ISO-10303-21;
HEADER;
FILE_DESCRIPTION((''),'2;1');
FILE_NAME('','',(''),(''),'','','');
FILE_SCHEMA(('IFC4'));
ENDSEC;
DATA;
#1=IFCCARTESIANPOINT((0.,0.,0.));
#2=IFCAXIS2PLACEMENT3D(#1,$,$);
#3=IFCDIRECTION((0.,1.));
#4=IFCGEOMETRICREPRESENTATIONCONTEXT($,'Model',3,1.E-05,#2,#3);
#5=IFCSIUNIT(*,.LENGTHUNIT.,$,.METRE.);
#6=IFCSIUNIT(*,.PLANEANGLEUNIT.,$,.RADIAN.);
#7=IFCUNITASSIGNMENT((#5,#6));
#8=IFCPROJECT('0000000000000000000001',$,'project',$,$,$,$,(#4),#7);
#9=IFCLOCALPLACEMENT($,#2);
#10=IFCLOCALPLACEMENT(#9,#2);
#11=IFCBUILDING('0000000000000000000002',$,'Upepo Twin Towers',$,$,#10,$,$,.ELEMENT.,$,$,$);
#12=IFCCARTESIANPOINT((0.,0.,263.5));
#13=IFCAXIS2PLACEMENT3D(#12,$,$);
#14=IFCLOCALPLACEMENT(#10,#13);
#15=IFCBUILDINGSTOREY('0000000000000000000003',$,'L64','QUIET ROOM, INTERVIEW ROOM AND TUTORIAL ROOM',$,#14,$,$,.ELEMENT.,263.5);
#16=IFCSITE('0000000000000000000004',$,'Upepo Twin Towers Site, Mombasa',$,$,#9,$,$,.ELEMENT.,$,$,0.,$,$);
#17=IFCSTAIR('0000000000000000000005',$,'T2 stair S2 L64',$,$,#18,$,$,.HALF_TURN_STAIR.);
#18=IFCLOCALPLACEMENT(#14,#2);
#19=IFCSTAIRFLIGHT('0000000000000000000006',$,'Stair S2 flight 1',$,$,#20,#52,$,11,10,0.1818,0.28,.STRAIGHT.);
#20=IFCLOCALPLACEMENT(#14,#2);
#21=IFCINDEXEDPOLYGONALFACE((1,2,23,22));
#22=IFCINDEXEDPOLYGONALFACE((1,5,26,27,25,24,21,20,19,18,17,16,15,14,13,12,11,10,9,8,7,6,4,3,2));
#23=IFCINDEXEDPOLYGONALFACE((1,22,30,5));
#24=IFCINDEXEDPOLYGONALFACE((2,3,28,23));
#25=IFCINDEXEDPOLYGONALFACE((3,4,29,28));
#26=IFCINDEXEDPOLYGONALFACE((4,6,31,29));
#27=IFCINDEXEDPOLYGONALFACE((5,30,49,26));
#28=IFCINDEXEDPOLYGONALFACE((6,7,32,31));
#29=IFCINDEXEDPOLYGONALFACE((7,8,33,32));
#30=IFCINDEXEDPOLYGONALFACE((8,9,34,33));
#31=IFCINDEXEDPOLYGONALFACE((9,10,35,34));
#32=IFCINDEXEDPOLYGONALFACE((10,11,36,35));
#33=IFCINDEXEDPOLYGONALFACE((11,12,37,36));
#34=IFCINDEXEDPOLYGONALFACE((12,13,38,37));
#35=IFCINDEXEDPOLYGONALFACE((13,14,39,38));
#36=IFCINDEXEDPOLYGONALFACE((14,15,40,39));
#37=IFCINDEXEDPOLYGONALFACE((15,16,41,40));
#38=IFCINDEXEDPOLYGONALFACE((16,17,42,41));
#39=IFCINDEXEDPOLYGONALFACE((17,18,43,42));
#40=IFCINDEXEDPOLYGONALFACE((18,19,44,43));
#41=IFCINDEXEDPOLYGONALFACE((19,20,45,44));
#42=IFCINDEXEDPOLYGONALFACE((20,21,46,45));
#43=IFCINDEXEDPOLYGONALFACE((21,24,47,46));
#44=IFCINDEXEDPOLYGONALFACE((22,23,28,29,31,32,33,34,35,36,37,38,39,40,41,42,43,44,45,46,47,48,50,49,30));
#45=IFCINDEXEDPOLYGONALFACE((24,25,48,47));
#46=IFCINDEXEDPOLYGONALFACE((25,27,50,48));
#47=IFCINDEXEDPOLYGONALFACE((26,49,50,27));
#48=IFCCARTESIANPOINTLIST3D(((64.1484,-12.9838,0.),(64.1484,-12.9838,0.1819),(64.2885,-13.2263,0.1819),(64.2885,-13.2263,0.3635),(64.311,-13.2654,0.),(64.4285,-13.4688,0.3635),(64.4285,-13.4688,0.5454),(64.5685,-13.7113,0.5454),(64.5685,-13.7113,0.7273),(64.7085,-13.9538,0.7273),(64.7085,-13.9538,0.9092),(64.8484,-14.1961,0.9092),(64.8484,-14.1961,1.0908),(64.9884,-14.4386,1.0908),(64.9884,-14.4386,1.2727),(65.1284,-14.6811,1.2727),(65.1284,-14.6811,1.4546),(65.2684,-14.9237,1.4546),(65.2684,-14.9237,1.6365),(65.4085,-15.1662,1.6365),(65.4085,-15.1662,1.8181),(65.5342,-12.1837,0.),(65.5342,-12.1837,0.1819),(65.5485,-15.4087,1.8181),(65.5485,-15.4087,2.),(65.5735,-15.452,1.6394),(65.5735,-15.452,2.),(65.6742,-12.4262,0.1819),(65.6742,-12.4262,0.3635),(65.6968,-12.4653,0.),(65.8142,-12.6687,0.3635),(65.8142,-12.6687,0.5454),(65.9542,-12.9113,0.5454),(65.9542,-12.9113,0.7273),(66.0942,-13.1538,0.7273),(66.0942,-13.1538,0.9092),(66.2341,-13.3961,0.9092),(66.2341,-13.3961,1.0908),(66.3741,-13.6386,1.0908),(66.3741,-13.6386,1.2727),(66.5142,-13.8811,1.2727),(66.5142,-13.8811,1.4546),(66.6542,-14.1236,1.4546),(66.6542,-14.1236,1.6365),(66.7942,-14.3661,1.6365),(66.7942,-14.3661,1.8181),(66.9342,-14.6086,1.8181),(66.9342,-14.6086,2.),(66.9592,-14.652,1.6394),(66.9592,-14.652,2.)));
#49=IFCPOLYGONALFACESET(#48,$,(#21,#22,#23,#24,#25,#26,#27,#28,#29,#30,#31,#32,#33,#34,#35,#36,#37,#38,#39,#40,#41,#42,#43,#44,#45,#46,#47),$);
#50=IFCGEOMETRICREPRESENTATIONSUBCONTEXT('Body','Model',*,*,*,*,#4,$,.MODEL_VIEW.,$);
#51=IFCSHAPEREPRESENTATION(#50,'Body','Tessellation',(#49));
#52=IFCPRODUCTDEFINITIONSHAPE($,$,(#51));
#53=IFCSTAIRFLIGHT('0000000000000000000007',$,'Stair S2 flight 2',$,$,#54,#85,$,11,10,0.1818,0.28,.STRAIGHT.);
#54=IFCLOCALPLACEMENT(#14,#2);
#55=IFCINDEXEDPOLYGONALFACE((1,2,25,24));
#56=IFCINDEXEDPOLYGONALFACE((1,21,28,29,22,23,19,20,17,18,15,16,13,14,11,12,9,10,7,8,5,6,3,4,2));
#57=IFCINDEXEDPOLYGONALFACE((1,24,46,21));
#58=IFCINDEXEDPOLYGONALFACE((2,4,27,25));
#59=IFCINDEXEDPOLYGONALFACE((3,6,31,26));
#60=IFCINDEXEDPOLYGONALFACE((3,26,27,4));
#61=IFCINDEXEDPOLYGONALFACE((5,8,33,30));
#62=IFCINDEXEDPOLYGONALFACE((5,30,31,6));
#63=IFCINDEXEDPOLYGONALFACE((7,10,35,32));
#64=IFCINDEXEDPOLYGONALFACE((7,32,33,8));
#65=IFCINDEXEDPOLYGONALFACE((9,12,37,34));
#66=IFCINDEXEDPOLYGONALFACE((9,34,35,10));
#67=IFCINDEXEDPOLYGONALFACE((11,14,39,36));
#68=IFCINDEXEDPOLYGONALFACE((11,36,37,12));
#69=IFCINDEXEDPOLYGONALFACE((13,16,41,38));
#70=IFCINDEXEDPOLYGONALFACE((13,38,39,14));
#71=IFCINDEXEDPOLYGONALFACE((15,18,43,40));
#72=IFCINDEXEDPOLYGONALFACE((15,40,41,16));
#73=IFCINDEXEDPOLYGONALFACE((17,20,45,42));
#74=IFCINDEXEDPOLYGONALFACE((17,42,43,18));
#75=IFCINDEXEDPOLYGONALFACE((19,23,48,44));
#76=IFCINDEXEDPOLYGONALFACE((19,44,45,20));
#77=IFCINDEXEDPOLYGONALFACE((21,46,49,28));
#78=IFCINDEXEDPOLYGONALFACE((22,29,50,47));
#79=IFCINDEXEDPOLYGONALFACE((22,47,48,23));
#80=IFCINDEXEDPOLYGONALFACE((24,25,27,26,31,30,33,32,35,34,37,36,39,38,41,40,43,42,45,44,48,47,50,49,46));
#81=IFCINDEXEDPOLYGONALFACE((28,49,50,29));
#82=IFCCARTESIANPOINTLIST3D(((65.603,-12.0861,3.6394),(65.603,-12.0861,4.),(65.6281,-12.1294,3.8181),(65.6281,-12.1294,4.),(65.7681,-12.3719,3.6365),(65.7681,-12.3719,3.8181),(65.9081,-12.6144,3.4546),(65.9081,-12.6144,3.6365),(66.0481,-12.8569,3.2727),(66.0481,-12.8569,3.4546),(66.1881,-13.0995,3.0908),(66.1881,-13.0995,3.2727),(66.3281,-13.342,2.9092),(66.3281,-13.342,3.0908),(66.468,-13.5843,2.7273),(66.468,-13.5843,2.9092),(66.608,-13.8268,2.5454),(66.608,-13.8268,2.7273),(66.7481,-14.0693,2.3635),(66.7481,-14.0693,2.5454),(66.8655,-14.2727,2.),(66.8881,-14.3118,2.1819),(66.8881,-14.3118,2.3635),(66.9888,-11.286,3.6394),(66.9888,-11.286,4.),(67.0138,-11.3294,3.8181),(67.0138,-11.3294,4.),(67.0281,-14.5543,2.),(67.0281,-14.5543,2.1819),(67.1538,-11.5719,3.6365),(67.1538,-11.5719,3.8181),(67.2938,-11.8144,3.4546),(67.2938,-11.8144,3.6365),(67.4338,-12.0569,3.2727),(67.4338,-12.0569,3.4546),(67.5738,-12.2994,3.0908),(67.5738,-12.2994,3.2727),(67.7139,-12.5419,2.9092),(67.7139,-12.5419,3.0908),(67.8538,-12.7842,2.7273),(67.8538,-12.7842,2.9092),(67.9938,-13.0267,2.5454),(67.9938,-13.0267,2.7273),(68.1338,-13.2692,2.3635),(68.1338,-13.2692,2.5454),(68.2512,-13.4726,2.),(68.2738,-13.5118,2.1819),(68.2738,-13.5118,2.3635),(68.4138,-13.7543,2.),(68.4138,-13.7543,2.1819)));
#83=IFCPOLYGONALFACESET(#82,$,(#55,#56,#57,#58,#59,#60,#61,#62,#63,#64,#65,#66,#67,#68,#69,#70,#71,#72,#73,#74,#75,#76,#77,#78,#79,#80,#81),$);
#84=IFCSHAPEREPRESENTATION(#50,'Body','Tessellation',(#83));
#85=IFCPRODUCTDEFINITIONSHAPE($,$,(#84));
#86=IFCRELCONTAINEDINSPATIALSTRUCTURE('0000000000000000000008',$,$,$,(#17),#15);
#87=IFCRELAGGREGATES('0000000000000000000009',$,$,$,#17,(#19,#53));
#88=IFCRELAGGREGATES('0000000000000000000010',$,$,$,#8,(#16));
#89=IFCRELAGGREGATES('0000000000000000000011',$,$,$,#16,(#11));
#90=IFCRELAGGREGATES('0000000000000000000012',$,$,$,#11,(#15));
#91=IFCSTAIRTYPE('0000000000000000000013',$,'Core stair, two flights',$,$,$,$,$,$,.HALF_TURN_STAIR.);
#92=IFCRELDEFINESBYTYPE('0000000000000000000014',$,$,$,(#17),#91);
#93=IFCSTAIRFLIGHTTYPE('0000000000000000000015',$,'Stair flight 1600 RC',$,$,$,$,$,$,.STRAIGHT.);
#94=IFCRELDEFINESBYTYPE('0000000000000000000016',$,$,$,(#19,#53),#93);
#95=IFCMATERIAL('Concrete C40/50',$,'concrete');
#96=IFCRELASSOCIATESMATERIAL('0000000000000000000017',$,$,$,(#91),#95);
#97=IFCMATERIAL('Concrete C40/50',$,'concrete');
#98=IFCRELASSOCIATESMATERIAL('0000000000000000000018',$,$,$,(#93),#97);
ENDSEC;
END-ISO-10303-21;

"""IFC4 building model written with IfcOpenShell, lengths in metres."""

from ifc_helpers import new_model, si_unit, direction, frame, origin, place, context, subcontext, project, spatial, polyline, outline, extrude, material, type_object, element, aggregate, save


model = new_model("IFC4")

# Units and contexts
model_context = context("Model", 3, precision=1e-05, world=origin(), true_north=direction((0.0, 1.0)))
body_context = subcontext(model_context, "Body", "Model", "MODEL_VIEW")
ifc_project = project(units=[si_unit("LENGTHUNIT", "METRE"), si_unit("PLANEANGLEUNIT", "RADIAN")], contexts=[model_context])

# Site, building, storey
site_placement = place(None, origin())
site = spatial("IfcSite", under=ifc_project, at=site_placement, Name="Upepo Twin Towers Site, Mombasa", CompositionType="ELEMENT", RefElevation=0.0)
building_placement = place(site_placement, origin())
building = spatial("IfcBuilding", under=site, at=building_placement, Name="Upepo Twin Towers", CompositionType="ELEMENT")
storey_placement = place(building_placement, frame((0.0, 0.0, 263.5)))
storey = spatial("IfcBuildingStorey", under=building, at=storey_placement, Name="L64", Description="QUIET ROOM, INTERVIEW ROOM AND TUTORIAL ROOM", CompositionType="ELEMENT", Elevation=263.5)

# Stair, stair flights
ifc_material_1 = material(Name="Concrete C40/50", Category="concrete")
stair_type = type_object("IfcStairType", Name="Core stair, two flights", PredefinedType="HALF_TURN_STAIR", material=ifc_material_1)
stair_placement = place(storey_placement, origin())
stair = element("IfcStair", 1, at=stair_placement, inside=storey, type_object=stair_type, Name="T2 stair S2 L64", PredefinedType="HALF_TURN_STAIR")
ifc_material_2 = material(Name="Concrete C40/50", Category="concrete")
stair_flight_type = type_object("IfcStairFlightType", Name="Stair flight 1600 RC", PredefinedType="STRAIGHT", material=ifc_material_2)
stair_flight_1_placement = place(storey_placement, frame((64.8413, -12.5837, 0.0), z_axis=(0.0, 0.0, 1.0), x_axis=(0.5, -0.866025, 0.0)))
stair_flight_1 = element("IfcStairFlight", 2, at=stair_flight_1_placement, type_object=stair_flight_type, Name="Stair S2 flight 1", NumberOfRisers=11, NumberOfTreads=10, PredefinedType="STRAIGHT", RiserHeight=0.1818, TreadLength=0.28, context=body_context, shape_type="SweptSolid", body=[
    extrude(outline(polyline([(0.0, 0.0), (0.0, 0.1819), (0.28, 0.1819), (0.28, 0.3635), (0.5601, 0.3635), (0.5601, 0.5454), (0.8401, 0.5454), (0.8401, 0.7273), (1.1201, 0.7273), (1.1201, 0.9092), (1.3999, 0.9092), (1.3999, 1.0908), (1.6799, 1.0908), (1.6799, 1.2727), (1.96, 1.2727), (1.96, 1.4546), (2.24, 1.4546), (2.24, 1.6365), (2.52, 1.6365), (2.52, 1.8181), (2.8, 1.8181), (2.8, 2.0), (2.8501, 2.0), (2.8501, 1.6394), (0.3252, 0.0), (0.0, 0.0)])), frame((0.0, 0.8, 0.0), z_axis=(0.0, -1.0, 0.0), x_axis=(1.0, 0.0, 0.0)), (0.0, 0.0, 1.0), 1.6001),
])
stair_flight_2_placement = place(storey_placement, frame((67.7209, -14.1543, 2.0), z_axis=(0.0, 0.0, 1.0), x_axis=(-0.5, 0.866025, 0.0)))
stair_flight_2 = element("IfcStairFlight", 3, at=stair_flight_2_placement, type_object=stair_flight_type, Name="Stair S2 flight 2", NumberOfRisers=11, NumberOfTreads=10, PredefinedType="STRAIGHT", RiserHeight=0.1818, TreadLength=0.28, context=body_context, shape_type="SweptSolid", body=[
    extrude(outline(polyline([(0.0, 0.0), (0.0, 0.1819), (0.28, 0.1819), (0.28, 0.3635), (0.5601, 0.3635), (0.5601, 0.5454), (0.8401, 0.5454), (0.8401, 0.7273), (1.1201, 0.7273), (1.1201, 0.9092), (1.3999, 0.9092), (1.3999, 1.0908), (1.6799, 1.0908), (1.6799, 1.2727), (1.96, 1.2727), (1.96, 1.4546), (2.24, 1.4546), (2.24, 1.6365), (2.52, 1.6365), (2.52, 1.8181), (2.8, 1.8181), (2.8, 2.0), (2.8501, 2.0), (2.8501, 1.6394), (0.3252, 0.0), (0.0, 0.0)])), frame((0.0, 0.8, 0.0), z_axis=(0.0, -1.0, 0.0), x_axis=(1.0, 0.0, 0.0)), (0.0, 0.0, 1.0), 1.6001),
])
aggregate(stair, [stair_flight_1, stair_flight_2])

save(model, "model.ifc")
